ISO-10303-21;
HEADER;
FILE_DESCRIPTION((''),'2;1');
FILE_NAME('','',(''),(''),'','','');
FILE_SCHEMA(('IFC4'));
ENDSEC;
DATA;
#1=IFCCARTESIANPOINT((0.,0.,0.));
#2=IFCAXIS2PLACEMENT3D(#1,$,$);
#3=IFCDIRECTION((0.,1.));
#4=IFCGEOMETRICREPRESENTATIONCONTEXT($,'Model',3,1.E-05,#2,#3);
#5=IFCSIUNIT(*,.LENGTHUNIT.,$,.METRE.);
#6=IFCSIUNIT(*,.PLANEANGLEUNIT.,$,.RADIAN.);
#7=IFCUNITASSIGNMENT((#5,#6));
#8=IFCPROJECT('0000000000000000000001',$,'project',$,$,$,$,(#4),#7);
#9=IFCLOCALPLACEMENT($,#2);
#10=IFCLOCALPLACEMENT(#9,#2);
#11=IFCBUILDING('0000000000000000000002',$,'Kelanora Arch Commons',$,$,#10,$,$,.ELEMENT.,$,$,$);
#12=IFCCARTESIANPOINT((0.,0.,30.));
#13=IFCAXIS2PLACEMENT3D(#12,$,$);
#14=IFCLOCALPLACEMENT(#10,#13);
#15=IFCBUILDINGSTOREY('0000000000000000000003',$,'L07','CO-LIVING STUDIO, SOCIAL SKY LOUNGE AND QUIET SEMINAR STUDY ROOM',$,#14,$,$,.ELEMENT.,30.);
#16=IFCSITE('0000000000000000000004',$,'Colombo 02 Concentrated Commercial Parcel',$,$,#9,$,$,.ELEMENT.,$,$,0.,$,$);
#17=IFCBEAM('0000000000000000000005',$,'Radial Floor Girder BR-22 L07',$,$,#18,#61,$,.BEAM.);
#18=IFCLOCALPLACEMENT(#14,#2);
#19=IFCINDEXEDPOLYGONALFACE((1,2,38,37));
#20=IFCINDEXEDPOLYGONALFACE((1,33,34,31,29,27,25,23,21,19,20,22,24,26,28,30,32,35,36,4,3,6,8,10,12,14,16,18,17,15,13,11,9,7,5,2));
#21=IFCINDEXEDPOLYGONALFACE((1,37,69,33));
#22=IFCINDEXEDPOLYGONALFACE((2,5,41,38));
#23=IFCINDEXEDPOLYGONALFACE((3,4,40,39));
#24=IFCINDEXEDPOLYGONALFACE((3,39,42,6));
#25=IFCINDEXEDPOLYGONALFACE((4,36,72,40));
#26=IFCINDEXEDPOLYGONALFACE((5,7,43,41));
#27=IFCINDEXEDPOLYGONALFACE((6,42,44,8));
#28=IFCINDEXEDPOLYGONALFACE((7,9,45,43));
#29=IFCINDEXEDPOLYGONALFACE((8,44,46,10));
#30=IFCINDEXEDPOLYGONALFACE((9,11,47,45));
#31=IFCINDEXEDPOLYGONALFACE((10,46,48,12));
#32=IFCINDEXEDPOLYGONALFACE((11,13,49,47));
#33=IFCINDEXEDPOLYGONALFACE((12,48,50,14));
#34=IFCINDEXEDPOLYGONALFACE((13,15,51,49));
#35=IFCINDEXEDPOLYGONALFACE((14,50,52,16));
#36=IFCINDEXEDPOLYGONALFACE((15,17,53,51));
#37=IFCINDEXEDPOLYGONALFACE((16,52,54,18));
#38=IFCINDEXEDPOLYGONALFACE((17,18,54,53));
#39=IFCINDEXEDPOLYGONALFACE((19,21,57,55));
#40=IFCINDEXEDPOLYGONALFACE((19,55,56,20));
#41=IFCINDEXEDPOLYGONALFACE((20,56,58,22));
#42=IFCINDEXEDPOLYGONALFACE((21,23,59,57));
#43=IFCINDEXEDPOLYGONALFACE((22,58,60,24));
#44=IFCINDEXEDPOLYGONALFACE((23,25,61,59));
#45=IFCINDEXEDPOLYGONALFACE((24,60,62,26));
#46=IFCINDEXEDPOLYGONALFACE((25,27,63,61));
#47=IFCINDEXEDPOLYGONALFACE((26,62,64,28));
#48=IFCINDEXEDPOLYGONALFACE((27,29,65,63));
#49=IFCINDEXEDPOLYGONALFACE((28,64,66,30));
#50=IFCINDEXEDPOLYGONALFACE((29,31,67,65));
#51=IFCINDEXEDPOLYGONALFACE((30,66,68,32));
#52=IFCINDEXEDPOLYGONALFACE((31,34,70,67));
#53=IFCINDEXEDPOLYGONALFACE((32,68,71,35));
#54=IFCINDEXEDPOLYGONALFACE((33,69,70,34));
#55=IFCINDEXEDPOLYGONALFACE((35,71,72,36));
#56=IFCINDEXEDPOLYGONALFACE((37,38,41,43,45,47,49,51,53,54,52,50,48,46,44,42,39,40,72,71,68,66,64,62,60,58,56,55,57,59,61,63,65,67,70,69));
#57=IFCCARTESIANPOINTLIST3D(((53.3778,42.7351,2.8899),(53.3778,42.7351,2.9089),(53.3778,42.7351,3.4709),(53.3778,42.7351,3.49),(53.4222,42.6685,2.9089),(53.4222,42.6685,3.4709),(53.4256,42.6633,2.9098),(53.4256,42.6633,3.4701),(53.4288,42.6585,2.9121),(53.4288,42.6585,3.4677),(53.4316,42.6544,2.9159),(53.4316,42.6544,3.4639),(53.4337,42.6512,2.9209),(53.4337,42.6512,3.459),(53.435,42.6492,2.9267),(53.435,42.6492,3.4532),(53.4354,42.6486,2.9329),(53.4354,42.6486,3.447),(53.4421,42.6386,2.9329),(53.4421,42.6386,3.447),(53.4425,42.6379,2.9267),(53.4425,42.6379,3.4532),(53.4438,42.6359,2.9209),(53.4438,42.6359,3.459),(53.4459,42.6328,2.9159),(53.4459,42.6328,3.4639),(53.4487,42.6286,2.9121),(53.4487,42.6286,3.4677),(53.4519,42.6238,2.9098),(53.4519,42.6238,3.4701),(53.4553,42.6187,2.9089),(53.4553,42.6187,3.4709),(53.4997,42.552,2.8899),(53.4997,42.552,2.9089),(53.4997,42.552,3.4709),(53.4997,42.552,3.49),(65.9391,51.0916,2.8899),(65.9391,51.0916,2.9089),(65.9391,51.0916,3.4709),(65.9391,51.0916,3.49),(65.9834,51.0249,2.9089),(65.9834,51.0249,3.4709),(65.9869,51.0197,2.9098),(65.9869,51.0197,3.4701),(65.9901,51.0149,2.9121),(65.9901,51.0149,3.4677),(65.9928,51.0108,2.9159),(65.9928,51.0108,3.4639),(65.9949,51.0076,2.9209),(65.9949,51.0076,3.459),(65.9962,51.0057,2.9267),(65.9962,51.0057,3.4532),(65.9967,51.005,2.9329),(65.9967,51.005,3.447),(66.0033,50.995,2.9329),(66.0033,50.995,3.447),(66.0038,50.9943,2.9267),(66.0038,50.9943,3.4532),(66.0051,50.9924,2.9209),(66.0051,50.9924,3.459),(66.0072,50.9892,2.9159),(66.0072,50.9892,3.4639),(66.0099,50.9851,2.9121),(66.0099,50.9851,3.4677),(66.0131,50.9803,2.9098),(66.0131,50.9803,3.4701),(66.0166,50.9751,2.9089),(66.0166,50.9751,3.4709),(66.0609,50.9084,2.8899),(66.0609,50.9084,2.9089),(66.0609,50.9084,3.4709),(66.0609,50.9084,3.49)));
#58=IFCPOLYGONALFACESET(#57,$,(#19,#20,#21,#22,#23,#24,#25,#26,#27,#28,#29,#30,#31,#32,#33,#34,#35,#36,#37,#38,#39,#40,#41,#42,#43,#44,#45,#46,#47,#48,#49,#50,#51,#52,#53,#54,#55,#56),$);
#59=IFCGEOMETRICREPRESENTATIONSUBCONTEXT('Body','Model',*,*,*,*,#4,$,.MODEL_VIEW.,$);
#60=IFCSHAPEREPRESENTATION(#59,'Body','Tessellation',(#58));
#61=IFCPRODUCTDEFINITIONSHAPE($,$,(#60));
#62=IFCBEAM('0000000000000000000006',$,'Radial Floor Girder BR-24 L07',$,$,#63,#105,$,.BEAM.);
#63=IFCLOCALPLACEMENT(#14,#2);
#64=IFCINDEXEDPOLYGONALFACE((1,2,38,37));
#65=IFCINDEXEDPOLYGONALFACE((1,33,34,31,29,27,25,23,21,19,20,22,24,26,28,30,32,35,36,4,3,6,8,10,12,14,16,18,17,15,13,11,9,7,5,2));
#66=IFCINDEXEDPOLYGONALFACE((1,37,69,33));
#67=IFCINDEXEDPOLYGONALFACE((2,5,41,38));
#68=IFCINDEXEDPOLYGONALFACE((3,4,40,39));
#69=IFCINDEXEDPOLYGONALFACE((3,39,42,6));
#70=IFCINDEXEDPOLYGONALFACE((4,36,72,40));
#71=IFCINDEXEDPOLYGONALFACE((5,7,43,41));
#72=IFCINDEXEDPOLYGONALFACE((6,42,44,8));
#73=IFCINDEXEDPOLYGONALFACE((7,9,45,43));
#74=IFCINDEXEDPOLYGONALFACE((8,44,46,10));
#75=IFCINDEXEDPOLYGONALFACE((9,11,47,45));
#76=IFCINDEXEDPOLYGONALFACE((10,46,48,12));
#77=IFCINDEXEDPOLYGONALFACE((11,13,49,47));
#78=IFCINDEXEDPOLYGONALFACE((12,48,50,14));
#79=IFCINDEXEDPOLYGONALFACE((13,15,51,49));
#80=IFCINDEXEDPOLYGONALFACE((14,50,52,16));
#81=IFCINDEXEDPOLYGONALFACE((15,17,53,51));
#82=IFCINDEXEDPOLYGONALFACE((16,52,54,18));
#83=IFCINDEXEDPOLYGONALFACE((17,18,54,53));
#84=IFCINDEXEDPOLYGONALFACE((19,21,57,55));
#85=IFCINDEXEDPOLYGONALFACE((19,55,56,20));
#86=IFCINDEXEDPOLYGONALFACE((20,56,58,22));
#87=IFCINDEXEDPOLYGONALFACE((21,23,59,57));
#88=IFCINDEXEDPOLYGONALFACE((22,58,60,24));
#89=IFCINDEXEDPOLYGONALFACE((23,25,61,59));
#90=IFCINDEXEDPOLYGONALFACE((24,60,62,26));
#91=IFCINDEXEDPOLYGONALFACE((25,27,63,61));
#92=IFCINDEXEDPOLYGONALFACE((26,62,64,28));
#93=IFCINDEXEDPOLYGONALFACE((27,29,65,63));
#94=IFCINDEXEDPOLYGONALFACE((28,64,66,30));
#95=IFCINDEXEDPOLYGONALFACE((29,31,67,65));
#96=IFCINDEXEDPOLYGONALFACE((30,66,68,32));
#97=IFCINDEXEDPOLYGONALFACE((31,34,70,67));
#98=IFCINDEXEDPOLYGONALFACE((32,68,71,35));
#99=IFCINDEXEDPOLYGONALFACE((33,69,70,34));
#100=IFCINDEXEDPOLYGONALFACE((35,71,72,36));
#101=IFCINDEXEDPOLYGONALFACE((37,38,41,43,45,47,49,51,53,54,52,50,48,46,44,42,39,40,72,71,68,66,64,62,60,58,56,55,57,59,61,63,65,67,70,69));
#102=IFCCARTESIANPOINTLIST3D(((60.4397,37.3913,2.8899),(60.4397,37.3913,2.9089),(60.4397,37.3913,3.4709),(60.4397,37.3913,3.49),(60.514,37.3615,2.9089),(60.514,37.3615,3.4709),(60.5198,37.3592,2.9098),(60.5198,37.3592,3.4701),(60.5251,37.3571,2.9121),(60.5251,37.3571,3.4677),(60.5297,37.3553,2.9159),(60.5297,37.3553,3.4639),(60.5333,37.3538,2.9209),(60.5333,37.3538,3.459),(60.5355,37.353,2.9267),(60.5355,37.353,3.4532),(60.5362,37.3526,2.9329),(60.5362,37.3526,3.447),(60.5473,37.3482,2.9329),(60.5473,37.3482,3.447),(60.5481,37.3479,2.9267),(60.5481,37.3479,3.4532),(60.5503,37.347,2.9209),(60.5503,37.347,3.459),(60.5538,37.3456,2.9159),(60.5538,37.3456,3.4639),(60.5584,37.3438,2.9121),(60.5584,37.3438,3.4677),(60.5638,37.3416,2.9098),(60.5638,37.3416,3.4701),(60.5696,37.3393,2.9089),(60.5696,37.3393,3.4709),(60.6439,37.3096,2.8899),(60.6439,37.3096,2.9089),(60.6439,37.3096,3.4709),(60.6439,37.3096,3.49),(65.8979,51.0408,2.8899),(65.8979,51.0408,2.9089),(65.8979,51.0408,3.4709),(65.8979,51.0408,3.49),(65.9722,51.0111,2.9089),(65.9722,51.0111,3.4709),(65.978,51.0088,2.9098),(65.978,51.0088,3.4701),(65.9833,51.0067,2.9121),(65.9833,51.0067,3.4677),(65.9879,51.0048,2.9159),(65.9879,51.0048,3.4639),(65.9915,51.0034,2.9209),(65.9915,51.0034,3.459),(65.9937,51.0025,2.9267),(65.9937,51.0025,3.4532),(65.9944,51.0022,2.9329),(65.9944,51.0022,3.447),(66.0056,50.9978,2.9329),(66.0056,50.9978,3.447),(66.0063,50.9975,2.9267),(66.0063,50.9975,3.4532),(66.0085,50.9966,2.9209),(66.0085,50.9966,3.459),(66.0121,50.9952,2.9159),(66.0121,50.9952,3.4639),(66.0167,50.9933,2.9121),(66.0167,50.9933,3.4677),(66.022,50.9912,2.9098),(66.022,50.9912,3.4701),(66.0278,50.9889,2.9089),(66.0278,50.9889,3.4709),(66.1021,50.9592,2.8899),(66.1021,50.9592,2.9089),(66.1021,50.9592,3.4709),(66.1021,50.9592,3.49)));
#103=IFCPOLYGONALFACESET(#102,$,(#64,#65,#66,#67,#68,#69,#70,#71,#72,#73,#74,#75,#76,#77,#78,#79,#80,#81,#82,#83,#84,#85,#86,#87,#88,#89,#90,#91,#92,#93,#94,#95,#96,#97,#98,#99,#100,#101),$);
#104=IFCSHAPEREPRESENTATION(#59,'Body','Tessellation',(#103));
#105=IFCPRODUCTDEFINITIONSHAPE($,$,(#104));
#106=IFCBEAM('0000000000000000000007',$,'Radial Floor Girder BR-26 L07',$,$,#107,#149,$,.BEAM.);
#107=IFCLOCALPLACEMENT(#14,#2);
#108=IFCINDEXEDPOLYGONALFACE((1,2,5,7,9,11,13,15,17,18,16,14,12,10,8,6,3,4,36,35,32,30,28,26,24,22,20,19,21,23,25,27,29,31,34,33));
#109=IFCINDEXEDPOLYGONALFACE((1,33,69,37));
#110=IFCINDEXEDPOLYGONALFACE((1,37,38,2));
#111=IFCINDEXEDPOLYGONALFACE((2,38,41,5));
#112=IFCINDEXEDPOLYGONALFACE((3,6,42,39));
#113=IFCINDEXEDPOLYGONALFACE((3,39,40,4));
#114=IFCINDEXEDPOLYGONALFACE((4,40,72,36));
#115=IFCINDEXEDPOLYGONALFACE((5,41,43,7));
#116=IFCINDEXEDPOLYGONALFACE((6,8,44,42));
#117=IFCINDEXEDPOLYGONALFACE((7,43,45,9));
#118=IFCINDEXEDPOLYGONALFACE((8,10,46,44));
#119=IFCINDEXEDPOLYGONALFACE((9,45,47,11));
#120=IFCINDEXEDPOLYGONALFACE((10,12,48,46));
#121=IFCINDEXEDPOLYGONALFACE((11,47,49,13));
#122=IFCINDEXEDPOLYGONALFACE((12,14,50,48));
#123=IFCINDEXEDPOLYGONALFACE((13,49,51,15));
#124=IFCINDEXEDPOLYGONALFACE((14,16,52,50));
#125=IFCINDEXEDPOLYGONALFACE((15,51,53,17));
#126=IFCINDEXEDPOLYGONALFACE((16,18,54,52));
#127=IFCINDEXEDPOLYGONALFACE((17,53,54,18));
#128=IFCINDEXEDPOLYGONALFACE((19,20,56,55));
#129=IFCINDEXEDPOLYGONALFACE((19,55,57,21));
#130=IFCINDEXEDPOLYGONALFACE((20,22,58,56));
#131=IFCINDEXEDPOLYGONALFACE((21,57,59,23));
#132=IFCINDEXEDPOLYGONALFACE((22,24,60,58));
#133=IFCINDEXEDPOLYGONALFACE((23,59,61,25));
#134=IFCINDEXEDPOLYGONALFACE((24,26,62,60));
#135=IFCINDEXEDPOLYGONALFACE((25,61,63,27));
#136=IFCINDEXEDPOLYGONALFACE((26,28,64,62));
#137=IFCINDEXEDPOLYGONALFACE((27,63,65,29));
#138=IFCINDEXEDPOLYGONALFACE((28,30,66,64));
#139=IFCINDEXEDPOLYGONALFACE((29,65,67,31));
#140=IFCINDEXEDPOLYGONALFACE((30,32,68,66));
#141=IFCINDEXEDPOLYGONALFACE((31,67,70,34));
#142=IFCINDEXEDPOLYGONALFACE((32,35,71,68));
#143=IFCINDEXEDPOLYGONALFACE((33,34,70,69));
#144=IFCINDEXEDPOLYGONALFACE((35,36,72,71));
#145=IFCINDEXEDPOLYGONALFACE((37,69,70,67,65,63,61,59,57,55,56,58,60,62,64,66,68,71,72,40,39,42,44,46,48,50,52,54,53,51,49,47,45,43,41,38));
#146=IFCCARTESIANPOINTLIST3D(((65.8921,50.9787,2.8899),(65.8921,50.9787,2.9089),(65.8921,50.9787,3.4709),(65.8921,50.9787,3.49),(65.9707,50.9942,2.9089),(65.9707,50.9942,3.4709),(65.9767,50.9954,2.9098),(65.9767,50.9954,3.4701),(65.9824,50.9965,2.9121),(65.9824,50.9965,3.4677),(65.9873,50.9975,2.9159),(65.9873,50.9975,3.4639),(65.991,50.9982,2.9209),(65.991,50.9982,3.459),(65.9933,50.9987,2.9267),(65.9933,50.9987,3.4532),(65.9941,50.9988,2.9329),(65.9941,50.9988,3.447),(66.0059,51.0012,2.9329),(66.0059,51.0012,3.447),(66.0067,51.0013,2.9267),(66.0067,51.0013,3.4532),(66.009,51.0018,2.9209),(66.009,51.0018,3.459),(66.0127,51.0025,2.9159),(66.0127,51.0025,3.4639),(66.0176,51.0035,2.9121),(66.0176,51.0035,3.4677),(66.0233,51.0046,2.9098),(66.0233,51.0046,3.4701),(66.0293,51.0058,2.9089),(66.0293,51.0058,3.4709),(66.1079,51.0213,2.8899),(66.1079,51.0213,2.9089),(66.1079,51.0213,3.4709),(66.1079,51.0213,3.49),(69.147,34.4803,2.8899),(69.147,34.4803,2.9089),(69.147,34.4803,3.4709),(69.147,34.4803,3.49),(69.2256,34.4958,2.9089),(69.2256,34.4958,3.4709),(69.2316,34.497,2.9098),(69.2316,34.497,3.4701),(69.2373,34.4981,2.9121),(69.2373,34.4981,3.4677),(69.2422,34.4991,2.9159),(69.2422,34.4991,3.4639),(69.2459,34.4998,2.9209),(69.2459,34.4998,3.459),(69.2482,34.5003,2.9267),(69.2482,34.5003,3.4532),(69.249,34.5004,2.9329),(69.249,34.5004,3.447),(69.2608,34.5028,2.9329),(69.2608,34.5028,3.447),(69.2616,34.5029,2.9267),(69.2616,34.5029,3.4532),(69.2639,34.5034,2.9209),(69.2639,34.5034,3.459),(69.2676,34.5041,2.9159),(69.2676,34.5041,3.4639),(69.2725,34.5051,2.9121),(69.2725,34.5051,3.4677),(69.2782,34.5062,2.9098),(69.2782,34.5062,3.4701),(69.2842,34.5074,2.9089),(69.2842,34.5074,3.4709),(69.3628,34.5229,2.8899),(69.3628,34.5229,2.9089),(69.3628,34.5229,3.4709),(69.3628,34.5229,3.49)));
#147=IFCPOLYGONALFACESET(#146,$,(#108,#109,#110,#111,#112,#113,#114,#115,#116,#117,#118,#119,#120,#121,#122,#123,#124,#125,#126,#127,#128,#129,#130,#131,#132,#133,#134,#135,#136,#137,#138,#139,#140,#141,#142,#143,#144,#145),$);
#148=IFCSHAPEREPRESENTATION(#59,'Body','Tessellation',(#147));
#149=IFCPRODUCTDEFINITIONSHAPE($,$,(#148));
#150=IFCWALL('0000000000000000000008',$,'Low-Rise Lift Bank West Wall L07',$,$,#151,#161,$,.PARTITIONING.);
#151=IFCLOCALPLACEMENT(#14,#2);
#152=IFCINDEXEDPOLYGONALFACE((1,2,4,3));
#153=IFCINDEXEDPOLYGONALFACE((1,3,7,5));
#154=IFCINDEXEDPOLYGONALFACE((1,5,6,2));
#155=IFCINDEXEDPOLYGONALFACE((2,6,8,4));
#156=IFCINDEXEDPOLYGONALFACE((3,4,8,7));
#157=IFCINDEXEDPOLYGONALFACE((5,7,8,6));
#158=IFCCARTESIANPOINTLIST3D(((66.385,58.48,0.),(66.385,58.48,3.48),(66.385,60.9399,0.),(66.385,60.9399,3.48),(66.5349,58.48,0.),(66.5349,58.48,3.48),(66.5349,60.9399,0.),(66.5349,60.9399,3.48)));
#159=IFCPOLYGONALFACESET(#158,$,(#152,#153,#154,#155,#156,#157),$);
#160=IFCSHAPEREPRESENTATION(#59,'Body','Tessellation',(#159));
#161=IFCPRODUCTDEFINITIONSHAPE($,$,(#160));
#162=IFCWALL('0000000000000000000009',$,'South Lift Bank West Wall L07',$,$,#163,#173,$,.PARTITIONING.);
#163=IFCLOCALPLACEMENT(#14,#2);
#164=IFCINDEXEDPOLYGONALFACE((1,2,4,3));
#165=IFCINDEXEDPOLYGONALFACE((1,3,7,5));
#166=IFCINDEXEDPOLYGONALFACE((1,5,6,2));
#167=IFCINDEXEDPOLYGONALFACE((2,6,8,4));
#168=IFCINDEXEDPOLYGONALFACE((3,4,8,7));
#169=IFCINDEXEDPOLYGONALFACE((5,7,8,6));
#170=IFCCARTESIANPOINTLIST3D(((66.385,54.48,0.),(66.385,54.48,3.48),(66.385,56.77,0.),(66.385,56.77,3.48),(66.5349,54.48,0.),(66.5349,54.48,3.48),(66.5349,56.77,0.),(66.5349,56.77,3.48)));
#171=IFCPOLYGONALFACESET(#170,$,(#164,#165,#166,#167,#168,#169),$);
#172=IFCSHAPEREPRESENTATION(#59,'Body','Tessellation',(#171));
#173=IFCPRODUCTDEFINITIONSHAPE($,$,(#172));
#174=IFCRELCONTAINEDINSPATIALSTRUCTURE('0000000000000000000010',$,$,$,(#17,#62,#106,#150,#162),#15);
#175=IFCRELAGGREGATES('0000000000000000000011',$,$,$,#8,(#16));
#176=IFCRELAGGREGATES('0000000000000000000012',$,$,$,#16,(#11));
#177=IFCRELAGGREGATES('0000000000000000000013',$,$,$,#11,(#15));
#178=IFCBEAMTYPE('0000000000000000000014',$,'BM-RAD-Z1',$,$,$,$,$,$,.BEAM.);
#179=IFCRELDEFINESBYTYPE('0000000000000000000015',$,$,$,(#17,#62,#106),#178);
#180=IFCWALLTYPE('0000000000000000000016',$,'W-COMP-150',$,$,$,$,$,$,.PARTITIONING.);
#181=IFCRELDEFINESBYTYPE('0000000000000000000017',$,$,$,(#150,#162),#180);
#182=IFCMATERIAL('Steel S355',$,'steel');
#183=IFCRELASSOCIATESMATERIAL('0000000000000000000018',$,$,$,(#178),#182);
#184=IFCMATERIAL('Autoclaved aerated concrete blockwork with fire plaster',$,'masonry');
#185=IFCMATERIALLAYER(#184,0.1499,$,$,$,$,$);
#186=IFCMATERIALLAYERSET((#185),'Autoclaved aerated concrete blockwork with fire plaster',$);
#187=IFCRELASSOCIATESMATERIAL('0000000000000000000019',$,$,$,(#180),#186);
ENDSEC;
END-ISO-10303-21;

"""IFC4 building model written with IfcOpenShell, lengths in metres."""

from ifc_helpers import new_model, si_unit, direction, frame, frame_2d, origin, origin_2d, place, context, subcontext, project, spatial, rectangle, i_section, extrude, material, layer, layer_set, material_profile, profile_set, type_object, element, save


model = new_model("IFC4")

# Units and contexts
model_context = context("Model", 3, precision=1e-05, world=origin(), true_north=direction((0.0, 1.0)))
body_context = subcontext(model_context, "Body", "Model", "MODEL_VIEW")
ifc_project = project(units=[si_unit("LENGTHUNIT", "METRE"), si_unit("PLANEANGLEUNIT", "RADIAN")], contexts=[model_context])

# Site, building, storey
site_placement = place(None, origin())
site = spatial("IfcSite", under=ifc_project, at=site_placement, Name="Colombo 02 Concentrated Commercial Parcel", CompositionType="ELEMENT", RefElevation=0.0)
building_placement = place(site_placement, origin())
building = spatial("IfcBuilding", under=site, at=building_placement, Name="Kelanora Arch Commons", CompositionType="ELEMENT")
storey_placement = place(building_placement, frame((0.0, 0.0, 30.0)))
storey = spatial("IfcBuildingStorey", under=building, at=storey_placement, Name="L07", Description="CO-LIVING STUDIO, SOCIAL SKY LOUNGE AND QUIET SEMINAR STUDY ROOM", CompositionType="ELEMENT", Elevation=30.0)

# Beams
ifc_material_1 = material(Name="Steel S355", Category="steel")
ifc_material_profile_1 = material_profile(ifc_material_1, i_section(OverallWidth=0.22, OverallDepth=0.6001, WebThickness=0.012, FlangeThickness=0.019, FilletRadius=0.0239, at=origin_2d()), Name="IPE600")
ifc_profile_set_1 = profile_set([ifc_material_profile_1], Name="Steel S355")
beam_type_1 = type_object("IfcBeamType", Name="BM-RAD-Z1", PredefinedType="BEAM", material=ifc_profile_set_1)
beam_1_placement = place(storey_placement, frame((66.0, 51.0, 3.1899), z_axis=(-0.832593, -0.553886, 0.0), x_axis=(0.553886, -0.832593, 0.0)))
element("IfcBeam", 1, at=beam_1_placement, inside=storey, type_object=beam_type_1, Name="Radial Floor Girder BR-22 L07", PredefinedType="BEAM", context=body_context, shape_type="SweptSolid", body=[
    extrude(i_section(OverallWidth=0.22, OverallDepth=0.6001, WebThickness=0.012, FlangeThickness=0.019, FilletRadius=0.0239, at=origin_2d()), origin(), (0.0, 0.0, 1.0), 15.0869),
])
beam_2_placement = place(storey_placement, frame((66.0, 51.0, 3.1899), z_axis=(-0.371296, -0.928514, 0.0), x_axis=(0.928514, -0.371296, 0.0)))
element("IfcBeam", 2, at=beam_2_placement, inside=storey, type_object=beam_type_1, Name="Radial Floor Girder BR-24 L07", PredefinedType="BEAM", context=body_context, shape_type="SweptSolid", body=[
    extrude(i_section(OverallWidth=0.22, OverallDepth=0.6001, WebThickness=0.012, FlangeThickness=0.019, FilletRadius=0.0239, at=origin_2d()), origin(), (0.0, 0.0, 1.0), 14.7004),
])
beam_3_placement = place(storey_placement, frame((66.0, 51.0, 3.1899), z_axis=(0.193555, -0.981089, 0.0), x_axis=(0.981089, 0.193555, 0.0)))
element("IfcBeam", 3, at=beam_3_placement, inside=storey, type_object=beam_type_1, Name="Radial Floor Girder BR-26 L07", PredefinedType="BEAM", context=body_context, shape_type="SweptSolid", body=[
    extrude(i_section(OverallWidth=0.22, OverallDepth=0.6001, WebThickness=0.012, FlangeThickness=0.019, FilletRadius=0.0239, at=origin_2d()), origin(), (0.0, 0.0, 1.0), 16.8164),
])

# Walls
ifc_material_2 = material(Name="Autoclaved aerated concrete blockwork with fire plaster", Category="masonry")
ifc_layer_1 = layer(ifc_material_2, 0.1499)
ifc_layer_set_1 = layer_set([ifc_layer_1], Name="Autoclaved aerated concrete blockwork with fire plaster")
wall_type_1 = type_object("IfcWallType", Name="W-COMP-150", PredefinedType="PARTITIONING", material=ifc_layer_set_1)
wall_1_placement = place(storey_placement, frame((66.46, 58.48, 0.0), z_axis=(0.0, 0.0, 1.0), x_axis=(0.0, 1.0, 0.0)))
element("IfcWall", 4, at=wall_1_placement, inside=storey, type_object=wall_type_1, Name="Low-Rise Lift Bank West Wall L07", PredefinedType="PARTITIONING", context=body_context, shape_type="SweptSolid", body=[
    extrude(rectangle(XDim=2.46, YDim=0.1499, at=frame_2d((1.23, 0.0))), origin(), (0.0, 0.0, 1.0), 3.48),
])
wall_2_placement = place(storey_placement, frame((66.46, 54.48, 0.0), z_axis=(0.0, 0.0, 1.0), x_axis=(0.0, 1.0, 0.0)))
element("IfcWall", 5, at=wall_2_placement, inside=storey, type_object=wall_type_1, Name="South Lift Bank West Wall L07", PredefinedType="PARTITIONING", context=body_context, shape_type="SweptSolid", body=[
    extrude(rectangle(XDim=2.29, YDim=0.1499, at=frame_2d((1.145, 0.0))), origin(), (0.0, 0.0, 1.0), 3.48),
])

save(model, "model.ifc")
